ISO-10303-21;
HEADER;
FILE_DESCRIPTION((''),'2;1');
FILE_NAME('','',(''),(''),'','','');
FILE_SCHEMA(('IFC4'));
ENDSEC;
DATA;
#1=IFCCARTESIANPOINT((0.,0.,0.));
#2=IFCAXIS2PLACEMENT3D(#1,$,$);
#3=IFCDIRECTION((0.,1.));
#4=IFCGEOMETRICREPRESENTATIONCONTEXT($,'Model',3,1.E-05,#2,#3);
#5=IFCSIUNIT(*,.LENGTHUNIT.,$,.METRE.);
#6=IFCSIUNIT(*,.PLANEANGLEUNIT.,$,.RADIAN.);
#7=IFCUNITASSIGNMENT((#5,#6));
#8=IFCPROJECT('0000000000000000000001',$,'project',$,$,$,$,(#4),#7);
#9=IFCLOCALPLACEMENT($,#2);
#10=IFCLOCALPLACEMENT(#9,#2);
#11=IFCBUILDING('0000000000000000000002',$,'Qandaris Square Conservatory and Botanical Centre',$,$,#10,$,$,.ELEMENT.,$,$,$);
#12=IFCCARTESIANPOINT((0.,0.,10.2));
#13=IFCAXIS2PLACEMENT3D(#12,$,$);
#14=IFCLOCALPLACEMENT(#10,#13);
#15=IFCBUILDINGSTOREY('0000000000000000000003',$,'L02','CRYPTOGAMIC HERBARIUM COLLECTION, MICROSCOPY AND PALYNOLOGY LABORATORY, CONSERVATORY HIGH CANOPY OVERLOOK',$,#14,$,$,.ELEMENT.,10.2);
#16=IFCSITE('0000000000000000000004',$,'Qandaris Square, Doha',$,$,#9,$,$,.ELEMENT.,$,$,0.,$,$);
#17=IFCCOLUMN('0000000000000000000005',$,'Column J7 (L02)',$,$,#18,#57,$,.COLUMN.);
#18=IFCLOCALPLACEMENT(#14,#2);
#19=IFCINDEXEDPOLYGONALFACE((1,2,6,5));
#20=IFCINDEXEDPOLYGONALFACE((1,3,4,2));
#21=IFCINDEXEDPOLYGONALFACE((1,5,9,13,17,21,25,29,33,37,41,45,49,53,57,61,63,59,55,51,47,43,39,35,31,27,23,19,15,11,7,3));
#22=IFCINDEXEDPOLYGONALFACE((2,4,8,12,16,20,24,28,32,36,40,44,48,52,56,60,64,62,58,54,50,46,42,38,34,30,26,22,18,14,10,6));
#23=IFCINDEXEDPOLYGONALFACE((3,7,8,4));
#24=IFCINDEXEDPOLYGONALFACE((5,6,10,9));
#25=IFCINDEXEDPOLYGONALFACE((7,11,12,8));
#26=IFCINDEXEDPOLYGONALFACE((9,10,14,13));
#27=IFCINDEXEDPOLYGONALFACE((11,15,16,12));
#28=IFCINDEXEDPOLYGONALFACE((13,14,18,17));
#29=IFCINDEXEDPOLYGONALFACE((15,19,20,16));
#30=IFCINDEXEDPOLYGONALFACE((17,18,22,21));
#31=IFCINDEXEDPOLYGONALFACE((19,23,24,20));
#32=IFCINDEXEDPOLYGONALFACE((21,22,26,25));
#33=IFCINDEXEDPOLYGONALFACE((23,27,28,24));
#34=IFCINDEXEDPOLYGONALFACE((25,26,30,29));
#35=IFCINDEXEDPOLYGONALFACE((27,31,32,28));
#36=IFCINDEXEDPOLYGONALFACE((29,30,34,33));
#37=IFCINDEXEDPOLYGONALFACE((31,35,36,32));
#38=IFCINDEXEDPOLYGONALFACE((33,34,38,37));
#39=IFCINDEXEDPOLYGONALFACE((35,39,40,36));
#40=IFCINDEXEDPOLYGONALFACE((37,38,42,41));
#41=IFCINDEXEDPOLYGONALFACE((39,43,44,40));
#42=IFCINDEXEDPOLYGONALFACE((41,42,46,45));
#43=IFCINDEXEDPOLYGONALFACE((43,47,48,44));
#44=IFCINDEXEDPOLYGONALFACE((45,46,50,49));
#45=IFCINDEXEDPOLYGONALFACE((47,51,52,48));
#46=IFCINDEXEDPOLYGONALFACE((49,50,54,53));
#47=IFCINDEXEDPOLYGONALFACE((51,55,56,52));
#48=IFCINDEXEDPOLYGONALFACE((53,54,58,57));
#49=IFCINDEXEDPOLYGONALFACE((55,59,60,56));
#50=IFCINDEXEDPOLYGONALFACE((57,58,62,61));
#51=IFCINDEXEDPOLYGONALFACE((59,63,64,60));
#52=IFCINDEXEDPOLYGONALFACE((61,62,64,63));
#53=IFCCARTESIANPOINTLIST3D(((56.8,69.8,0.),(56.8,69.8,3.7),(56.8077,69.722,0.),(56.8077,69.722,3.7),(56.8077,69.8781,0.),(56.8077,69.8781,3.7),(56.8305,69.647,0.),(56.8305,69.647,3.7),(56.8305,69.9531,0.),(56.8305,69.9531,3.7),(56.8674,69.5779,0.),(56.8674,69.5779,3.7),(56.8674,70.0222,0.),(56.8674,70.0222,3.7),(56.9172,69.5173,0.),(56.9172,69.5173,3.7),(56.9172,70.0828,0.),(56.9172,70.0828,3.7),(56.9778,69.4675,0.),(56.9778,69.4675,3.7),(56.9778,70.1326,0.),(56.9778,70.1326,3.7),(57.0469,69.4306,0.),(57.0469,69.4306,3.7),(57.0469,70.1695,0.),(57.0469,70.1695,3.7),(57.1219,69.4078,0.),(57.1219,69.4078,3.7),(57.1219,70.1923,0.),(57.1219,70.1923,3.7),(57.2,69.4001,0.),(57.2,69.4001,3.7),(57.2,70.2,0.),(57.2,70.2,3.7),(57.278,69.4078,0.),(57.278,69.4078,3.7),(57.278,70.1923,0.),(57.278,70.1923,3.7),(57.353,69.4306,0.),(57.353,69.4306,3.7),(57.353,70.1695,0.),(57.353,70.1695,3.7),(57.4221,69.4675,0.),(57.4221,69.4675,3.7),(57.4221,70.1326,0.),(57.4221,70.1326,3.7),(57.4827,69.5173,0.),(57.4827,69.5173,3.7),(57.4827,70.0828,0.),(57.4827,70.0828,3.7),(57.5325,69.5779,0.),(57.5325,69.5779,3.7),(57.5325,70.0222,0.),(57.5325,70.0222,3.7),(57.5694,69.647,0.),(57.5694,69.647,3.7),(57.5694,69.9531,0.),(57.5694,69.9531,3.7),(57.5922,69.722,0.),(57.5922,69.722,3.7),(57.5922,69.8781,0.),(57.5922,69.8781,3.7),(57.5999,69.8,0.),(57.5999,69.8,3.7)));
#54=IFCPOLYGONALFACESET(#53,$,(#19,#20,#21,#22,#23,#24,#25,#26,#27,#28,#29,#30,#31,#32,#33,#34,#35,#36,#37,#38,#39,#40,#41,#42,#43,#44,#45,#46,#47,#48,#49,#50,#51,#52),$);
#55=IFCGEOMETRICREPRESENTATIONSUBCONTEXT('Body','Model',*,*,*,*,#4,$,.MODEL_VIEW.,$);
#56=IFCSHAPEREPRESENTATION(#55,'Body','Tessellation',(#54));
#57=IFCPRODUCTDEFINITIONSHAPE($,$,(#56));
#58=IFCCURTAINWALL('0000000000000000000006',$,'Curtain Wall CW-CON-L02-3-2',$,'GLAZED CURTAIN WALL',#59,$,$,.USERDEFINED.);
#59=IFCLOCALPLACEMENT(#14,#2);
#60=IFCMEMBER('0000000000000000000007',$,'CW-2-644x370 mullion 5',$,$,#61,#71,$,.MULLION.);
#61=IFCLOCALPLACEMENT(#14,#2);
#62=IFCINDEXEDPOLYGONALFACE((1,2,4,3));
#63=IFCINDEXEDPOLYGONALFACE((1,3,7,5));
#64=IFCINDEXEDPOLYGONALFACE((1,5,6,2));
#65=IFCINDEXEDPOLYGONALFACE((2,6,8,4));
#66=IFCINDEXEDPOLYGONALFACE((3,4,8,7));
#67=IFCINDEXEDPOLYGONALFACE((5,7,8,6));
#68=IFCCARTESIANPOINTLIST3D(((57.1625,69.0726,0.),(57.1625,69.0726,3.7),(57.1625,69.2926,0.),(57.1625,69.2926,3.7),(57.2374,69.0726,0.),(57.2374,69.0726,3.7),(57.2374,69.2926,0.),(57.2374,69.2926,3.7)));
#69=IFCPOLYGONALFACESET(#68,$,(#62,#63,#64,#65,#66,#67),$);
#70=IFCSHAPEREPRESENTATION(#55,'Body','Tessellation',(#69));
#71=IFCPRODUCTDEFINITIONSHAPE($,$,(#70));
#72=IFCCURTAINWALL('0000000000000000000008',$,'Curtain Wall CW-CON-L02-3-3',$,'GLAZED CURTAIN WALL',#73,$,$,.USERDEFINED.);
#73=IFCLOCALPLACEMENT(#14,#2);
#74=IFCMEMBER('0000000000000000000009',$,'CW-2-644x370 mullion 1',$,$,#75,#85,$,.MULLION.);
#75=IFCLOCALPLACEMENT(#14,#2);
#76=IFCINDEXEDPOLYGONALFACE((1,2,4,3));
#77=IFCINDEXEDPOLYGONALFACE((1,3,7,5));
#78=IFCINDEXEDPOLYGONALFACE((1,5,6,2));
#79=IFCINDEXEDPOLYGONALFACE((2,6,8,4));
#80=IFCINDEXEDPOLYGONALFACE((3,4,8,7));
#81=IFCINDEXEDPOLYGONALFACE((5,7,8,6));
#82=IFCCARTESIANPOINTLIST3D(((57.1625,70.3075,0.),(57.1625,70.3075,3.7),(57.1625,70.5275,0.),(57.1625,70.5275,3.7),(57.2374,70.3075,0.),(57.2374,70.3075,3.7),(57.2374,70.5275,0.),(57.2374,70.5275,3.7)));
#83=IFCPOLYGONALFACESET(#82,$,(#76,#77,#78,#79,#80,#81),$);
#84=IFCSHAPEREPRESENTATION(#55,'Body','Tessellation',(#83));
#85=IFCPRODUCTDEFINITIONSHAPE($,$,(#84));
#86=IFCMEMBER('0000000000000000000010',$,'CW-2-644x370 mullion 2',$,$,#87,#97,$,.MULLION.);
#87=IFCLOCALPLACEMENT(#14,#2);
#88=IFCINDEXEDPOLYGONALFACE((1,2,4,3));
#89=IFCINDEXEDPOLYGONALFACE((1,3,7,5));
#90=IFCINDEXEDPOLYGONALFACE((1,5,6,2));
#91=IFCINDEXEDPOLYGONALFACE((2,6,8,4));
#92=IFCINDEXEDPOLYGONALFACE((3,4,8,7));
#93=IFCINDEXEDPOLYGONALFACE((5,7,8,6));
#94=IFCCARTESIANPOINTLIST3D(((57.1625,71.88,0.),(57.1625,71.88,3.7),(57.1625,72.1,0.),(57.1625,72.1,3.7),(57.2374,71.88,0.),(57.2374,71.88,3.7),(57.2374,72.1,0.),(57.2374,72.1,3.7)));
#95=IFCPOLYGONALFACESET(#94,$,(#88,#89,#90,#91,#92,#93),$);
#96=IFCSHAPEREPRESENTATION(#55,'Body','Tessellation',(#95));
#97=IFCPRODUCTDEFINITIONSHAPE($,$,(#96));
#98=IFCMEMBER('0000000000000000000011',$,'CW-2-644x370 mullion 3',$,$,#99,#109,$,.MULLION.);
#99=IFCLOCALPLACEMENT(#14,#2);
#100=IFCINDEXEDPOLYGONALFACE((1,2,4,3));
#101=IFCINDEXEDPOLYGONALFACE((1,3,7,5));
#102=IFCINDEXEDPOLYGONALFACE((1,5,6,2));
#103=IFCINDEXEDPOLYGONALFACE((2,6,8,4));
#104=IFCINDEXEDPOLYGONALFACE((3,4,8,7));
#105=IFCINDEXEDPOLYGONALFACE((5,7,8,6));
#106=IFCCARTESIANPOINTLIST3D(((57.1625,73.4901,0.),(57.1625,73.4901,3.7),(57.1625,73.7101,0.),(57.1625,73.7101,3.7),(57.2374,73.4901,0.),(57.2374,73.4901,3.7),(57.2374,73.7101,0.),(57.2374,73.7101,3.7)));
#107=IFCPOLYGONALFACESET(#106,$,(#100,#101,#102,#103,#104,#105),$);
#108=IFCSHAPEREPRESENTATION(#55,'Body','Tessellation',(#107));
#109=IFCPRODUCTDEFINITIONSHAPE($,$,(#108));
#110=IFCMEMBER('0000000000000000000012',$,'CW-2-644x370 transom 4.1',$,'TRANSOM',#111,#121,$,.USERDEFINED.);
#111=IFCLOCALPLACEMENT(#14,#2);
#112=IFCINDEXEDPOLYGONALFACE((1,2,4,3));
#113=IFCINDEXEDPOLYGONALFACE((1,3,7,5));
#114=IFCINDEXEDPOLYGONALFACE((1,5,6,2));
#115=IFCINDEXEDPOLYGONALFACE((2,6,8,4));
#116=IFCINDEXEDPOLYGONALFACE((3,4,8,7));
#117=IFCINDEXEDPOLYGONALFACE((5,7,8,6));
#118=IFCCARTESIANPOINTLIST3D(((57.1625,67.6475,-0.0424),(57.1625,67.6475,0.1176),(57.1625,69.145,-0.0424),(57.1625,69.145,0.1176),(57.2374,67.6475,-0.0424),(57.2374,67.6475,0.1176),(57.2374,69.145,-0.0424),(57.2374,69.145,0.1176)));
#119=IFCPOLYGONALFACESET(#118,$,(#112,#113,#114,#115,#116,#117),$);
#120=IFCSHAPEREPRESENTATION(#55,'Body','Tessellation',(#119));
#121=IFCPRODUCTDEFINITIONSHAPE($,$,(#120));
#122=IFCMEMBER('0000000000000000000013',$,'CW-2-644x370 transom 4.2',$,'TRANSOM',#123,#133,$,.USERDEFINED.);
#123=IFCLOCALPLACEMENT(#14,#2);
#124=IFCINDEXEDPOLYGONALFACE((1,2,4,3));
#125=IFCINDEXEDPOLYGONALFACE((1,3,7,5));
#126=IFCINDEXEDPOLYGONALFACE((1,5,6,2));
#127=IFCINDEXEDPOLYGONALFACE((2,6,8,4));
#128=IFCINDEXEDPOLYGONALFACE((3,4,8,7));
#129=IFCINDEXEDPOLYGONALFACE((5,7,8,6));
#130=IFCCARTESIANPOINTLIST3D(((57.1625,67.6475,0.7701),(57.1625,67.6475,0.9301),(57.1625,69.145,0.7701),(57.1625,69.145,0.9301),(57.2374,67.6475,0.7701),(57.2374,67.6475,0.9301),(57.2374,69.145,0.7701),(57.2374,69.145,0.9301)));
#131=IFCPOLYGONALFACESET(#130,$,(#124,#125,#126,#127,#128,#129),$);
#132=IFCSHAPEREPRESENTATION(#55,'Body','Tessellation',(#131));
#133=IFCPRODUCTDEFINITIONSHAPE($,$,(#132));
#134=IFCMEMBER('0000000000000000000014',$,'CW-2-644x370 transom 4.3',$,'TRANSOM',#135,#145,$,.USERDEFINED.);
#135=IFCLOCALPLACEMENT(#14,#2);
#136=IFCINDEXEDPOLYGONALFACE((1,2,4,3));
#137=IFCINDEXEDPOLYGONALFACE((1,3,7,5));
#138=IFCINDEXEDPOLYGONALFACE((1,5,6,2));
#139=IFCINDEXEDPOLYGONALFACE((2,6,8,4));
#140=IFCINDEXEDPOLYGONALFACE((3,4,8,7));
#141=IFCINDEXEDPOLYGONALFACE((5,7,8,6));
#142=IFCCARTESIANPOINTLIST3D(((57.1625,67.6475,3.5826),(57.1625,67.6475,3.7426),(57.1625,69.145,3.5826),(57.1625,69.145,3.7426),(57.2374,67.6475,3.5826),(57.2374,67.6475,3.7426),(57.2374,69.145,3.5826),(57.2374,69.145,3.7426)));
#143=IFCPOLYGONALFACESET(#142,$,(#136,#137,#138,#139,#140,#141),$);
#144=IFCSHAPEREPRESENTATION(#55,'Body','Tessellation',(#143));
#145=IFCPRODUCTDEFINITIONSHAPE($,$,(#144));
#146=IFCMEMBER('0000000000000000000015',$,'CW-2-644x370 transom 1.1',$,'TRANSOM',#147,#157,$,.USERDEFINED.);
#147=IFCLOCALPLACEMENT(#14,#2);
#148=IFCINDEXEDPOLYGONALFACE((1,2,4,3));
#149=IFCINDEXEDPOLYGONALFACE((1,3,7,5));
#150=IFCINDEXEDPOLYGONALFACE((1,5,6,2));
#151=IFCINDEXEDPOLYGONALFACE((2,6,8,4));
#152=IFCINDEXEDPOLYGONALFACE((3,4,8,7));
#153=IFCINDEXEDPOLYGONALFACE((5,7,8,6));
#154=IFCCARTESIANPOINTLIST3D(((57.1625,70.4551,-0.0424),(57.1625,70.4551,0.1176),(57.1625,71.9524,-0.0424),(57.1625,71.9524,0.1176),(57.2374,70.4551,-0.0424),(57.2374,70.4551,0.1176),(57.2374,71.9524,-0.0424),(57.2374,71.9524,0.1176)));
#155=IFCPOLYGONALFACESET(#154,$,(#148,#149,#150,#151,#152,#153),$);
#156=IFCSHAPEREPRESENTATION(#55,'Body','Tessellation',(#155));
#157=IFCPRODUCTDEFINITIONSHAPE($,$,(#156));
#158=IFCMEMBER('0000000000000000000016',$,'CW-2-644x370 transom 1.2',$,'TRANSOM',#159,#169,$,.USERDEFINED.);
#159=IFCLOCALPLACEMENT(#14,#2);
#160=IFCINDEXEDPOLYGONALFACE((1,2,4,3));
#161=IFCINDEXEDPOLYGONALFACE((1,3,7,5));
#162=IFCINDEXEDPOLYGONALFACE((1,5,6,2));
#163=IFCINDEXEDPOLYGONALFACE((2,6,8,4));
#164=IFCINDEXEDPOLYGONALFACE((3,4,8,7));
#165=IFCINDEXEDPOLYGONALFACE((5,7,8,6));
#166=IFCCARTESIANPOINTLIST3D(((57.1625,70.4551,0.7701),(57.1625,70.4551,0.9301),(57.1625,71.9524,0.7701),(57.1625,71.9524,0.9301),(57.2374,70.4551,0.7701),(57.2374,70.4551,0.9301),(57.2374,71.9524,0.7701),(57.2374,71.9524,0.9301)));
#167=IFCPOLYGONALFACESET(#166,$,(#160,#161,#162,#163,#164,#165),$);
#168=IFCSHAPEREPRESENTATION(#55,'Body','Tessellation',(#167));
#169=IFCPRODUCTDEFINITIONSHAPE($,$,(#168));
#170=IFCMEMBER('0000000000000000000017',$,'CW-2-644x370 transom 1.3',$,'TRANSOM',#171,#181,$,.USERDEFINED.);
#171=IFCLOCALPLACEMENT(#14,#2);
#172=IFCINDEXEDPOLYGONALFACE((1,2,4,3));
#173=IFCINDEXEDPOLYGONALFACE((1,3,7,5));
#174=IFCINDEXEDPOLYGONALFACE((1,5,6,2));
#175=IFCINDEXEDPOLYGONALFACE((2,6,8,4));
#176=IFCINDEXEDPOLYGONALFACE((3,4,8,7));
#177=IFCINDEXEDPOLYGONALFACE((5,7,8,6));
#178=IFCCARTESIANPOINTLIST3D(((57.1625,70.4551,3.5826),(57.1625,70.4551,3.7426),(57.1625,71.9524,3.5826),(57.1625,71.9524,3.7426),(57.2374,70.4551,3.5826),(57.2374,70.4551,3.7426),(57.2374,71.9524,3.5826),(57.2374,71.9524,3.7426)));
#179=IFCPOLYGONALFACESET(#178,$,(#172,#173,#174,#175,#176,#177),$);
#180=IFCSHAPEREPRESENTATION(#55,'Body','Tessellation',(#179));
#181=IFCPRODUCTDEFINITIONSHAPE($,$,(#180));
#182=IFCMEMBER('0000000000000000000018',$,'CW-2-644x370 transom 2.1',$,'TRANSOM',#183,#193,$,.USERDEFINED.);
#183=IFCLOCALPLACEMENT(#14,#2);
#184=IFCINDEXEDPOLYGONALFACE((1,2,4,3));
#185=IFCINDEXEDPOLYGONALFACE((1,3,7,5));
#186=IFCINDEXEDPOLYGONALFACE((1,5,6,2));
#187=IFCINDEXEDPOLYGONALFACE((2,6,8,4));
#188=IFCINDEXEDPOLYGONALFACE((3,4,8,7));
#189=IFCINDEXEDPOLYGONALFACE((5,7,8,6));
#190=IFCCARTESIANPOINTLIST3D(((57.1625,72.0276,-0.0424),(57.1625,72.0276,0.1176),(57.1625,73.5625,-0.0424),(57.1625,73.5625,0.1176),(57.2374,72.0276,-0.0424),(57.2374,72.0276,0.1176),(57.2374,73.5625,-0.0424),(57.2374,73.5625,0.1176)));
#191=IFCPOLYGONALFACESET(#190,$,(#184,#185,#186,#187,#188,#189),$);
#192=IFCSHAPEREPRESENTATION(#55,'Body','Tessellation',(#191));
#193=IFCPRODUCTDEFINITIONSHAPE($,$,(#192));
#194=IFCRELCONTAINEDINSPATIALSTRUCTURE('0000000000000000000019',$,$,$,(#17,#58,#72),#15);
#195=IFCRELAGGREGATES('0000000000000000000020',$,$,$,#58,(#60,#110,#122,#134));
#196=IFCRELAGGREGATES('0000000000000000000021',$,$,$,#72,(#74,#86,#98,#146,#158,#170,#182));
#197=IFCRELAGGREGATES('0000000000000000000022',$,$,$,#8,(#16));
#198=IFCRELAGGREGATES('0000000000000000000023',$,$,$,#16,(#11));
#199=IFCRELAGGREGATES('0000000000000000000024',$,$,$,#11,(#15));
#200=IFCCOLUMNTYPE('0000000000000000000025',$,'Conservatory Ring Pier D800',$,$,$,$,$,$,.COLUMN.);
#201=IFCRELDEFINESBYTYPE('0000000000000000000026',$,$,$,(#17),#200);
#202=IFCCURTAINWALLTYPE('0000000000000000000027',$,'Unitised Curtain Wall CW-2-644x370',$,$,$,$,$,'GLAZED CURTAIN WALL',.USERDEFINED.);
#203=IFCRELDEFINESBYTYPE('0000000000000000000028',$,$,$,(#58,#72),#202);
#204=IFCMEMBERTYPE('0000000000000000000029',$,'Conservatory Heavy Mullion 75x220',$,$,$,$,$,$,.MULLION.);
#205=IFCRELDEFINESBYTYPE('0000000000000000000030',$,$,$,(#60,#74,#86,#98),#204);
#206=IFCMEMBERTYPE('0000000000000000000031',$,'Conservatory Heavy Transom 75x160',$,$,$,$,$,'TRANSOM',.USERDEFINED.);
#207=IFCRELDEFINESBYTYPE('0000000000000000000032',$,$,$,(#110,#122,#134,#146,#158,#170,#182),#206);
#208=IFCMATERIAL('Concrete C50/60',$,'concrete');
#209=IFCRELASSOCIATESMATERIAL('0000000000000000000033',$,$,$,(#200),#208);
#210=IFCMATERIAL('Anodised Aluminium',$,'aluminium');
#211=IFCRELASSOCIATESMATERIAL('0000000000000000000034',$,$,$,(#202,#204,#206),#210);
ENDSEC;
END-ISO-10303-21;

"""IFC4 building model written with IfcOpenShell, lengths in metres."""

from ifc_helpers import new_model, si_unit, direction, frame, origin, origin_2d, place, context, subcontext, project, spatial, rectangle, circle, extrude, material, material_profile, profile_set, type_object, element, aggregate, save


model = new_model("IFC4")

# Units and contexts
model_context = context("Model", 3, precision=1e-05, world=origin(), true_north=direction((0.0, 1.0)))
body_context = subcontext(model_context, "Body", "Model", "MODEL_VIEW")
ifc_project = project(units=[si_unit("LENGTHUNIT", "METRE"), si_unit("PLANEANGLEUNIT", "RADIAN")], contexts=[model_context])

# Site, building, storey
site_placement = place(None, origin())
site = spatial("IfcSite", under=ifc_project, at=site_placement, Name="Qandaris Square, Doha", CompositionType="ELEMENT", RefElevation=0.0)
building_placement = place(site_placement, origin())
building = spatial("IfcBuilding", under=site, at=building_placement, Name="Qandaris Square Conservatory and Botanical Centre", CompositionType="ELEMENT")
storey_placement = place(building_placement, frame((0.0, 0.0, 10.2)))
storey = spatial("IfcBuildingStorey", under=building, at=storey_placement, Name="L02", Description="CRYPTOGAMIC HERBARIUM COLLECTION, MICROSCOPY AND PALYNOLOGY LABORATORY, CONSERVATORY HIGH CANOPY OVERLOOK", CompositionType="ELEMENT", Elevation=10.2)

# Column
ifc_material_1 = material(Name="Concrete C50/60", Category="concrete")
ifc_material_profile_1 = material_profile(ifc_material_1, circle(Radius=0.3999, at=origin_2d()), Name="RC-COL D800")
ifc_profile_set_1 = profile_set([ifc_material_profile_1], Name="Concrete C50/60")
column_type = type_object("IfcColumnType", Name="Conservatory Ring Pier D800", PredefinedType="COLUMN", material=ifc_profile_set_1)
column_placement = place(storey_placement, frame((57.2, 69.8, 0.0), z_axis=(0.0, 0.0, 1.0), x_axis=(1.0, 0.0, 0.0)))
element("IfcColumn", 1, at=column_placement, inside=storey, type_object=column_type, Name="Column J7 (L02)", PredefinedType="COLUMN", context=body_context, shape_type="SweptSolid", body=[
    extrude(circle(Radius=0.3999, at=origin_2d()), origin(), (0.0, 0.0, 1.0), 3.7),
])

# Curtain wall, member
ifc_material_2 = material(Name="Anodised Aluminium", Category="aluminium")
curtain_wall_type = type_object("IfcCurtainWallType", Name="Unitised Curtain Wall CW-2-644x370", ElementType="GLAZED CURTAIN WALL", PredefinedType="USERDEFINED", material=ifc_material_2)
curtain_wall_1_placement = place(storey_placement, origin())
curtain_wall_1 = element("IfcCurtainWall", 2, at=curtain_wall_1_placement, inside=storey, type_object=curtain_wall_type, Name="Curtain Wall CW-CON-L02-3-2", ObjectType="GLAZED CURTAIN WALL", PredefinedType="USERDEFINED")
ifc_material_profile_2 = material_profile(ifc_material_2, rectangle(XDim=0.075, YDim=0.22, at=origin_2d()), Name="ALU-MUL 75x220")
ifc_profile_set_2 = profile_set([ifc_material_profile_2], Name="Anodised Aluminium")
member_type_1 = type_object("IfcMemberType", Name="Conservatory Heavy Mullion 75x220", PredefinedType="MULLION", material=ifc_profile_set_2)
member_1_placement = place(storey_placement, frame((57.2, 69.1826, 0.0), z_axis=(0.0, 0.0, 1.0), x_axis=(-1.0, 0.0, 0.0)))
member_1 = element("IfcMember", 3, at=member_1_placement, type_object=member_type_1, Name="CW-2-644x370 mullion 5", PredefinedType="MULLION", context=body_context, shape_type="SweptSolid", body=[
    extrude(rectangle(XDim=0.075, YDim=0.22, at=origin_2d()), origin(), (0.0, 0.0, 1.0), 3.7),
])

# Curtain wall, members
curtain_wall_2_placement = place(storey_placement, origin())
curtain_wall_2 = element("IfcCurtainWall", 4, at=curtain_wall_2_placement, inside=storey, type_object=curtain_wall_type, Name="Curtain Wall CW-CON-L02-3-3", ObjectType="GLAZED CURTAIN WALL", PredefinedType="USERDEFINED")
member_2_placement = place(storey_placement, frame((57.2, 70.4175, 0.0), z_axis=(0.0, 0.0, 1.0), x_axis=(-1.0, 0.0, 0.0)))
member_2 = element("IfcMember", 5, at=member_2_placement, type_object=member_type_1, Name="CW-2-644x370 mullion 1", PredefinedType="MULLION", context=body_context, shape_type="SweptSolid", body=[
    extrude(rectangle(XDim=0.075, YDim=0.22, at=origin_2d()), origin(), (0.0, 0.0, 1.0), 3.7),
])
member_3_placement = place(storey_placement, frame((57.2, 71.99, 0.0), z_axis=(0.0, 0.0, 1.0), x_axis=(-1.0, 0.0, 0.0)))
member_3 = element("IfcMember", 6, at=member_3_placement, type_object=member_type_1, Name="CW-2-644x370 mullion 2", PredefinedType="MULLION", context=body_context, shape_type="SweptSolid", body=[
    extrude(rectangle(XDim=0.075, YDim=0.22, at=origin_2d()), origin(), (0.0, 0.0, 1.0), 3.7),
])
member_4_placement = place(storey_placement, frame((57.2, 73.6001, 0.0), z_axis=(0.0, 0.0, 1.0), x_axis=(-1.0, 0.0, 0.0)))
member_4 = element("IfcMember", 7, at=member_4_placement, type_object=member_type_1, Name="CW-2-644x370 mullion 3", PredefinedType="MULLION", context=body_context, shape_type="SweptSolid", body=[
    extrude(rectangle(XDim=0.075, YDim=0.22, at=origin_2d()), origin(), (0.0, 0.0, 1.0), 3.7),
])

# Members
ifc_material_profile_3 = material_profile(ifc_material_2, rectangle(XDim=0.075, YDim=0.1599, at=origin_2d()), Name="ALU-TRN 75x160")
ifc_profile_set_3 = profile_set([ifc_material_profile_3], Name="Anodised Aluminium")
member_type_2 = type_object("IfcMemberType", Name="Conservatory Heavy Transom 75x160", ElementType="TRANSOM", PredefinedType="USERDEFINED", material=ifc_profile_set_3)
member_5_placement = place(storey_placement, frame((57.2, 67.6475, 0.0376), z_axis=(0.0, 1.0, 0.0), x_axis=(-1.0, 0.0, 0.0)))
member_5 = element("IfcMember", 8, at=member_5_placement, type_object=member_type_2, Name="CW-2-644x370 transom 4.1", ObjectType="TRANSOM", PredefinedType="USERDEFINED", context=body_context, shape_type="SweptSolid", body=[
    extrude(rectangle(XDim=0.075, YDim=0.1599, at=origin_2d()), origin(), (0.0, 0.0, 1.0), 1.4976),
])
member_6_placement = place(storey_placement, frame((57.2, 67.6475, 0.8501), z_axis=(0.0, 1.0, 0.0), x_axis=(-1.0, 0.0, 0.0)))
member_6 = element("IfcMember", 9, at=member_6_placement, type_object=member_type_2, Name="CW-2-644x370 transom 4.2", ObjectType="TRANSOM", PredefinedType="USERDEFINED", context=body_context, shape_type="SweptSolid", body=[
    extrude(rectangle(XDim=0.075, YDim=0.1599, at=origin_2d()), origin(), (0.0, 0.0, 1.0), 1.4976),
])
member_7_placement = place(storey_placement, frame((57.2, 67.6475, 3.6626), z_axis=(0.0, 1.0, 0.0), x_axis=(-1.0, 0.0, 0.0)))
member_7 = element("IfcMember", 10, at=member_7_placement, type_object=member_type_2, Name="CW-2-644x370 transom 4.3", ObjectType="TRANSOM", PredefinedType="USERDEFINED", context=body_context, shape_type="SweptSolid", body=[
    extrude(rectangle(XDim=0.075, YDim=0.1599, at=origin_2d()), origin(), (0.0, 0.0, 1.0), 1.4976),
])
member_8_placement = place(storey_placement, frame((57.2, 70.4551, 0.0376), z_axis=(0.0, 1.0, 0.0), x_axis=(-1.0, 0.0, 0.0)))
member_8 = element("IfcMember", 11, at=member_8_placement, type_object=member_type_2, Name="CW-2-644x370 transom 1.1", ObjectType="TRANSOM", PredefinedType="USERDEFINED", context=body_context, shape_type="SweptSolid", body=[
    extrude(rectangle(XDim=0.075, YDim=0.1599, at=origin_2d()), origin(), (0.0, 0.0, 1.0), 1.4973),
])
member_9_placement = place(storey_placement, frame((57.2, 70.4551, 0.8501), z_axis=(0.0, 1.0, 0.0), x_axis=(-1.0, 0.0, 0.0)))
member_9 = element("IfcMember", 12, at=member_9_placement, type_object=member_type_2, Name="CW-2-644x370 transom 1.2", ObjectType="TRANSOM", PredefinedType="USERDEFINED", context=body_context, shape_type="SweptSolid", body=[
    extrude(rectangle(XDim=0.075, YDim=0.1599, at=origin_2d()), origin(), (0.0, 0.0, 1.0), 1.4973),
])
member_10_placement = place(storey_placement, frame((57.2, 70.4551, 3.6626), z_axis=(0.0, 1.0, 0.0), x_axis=(-1.0, 0.0, 0.0)))
member_10 = element("IfcMember", 13, at=member_10_placement, type_object=member_type_2, Name="CW-2-644x370 transom 1.3", ObjectType="TRANSOM", PredefinedType="USERDEFINED", context=body_context, shape_type="SweptSolid", body=[
    extrude(rectangle(XDim=0.075, YDim=0.1599, at=origin_2d()), origin(), (0.0, 0.0, 1.0), 1.4973),
])
member_11_placement = place(storey_placement, frame((57.2, 72.0276, 0.0376), z_axis=(0.0, 1.0, 0.0), x_axis=(-1.0, 0.0, 0.0)))
member_11 = element("IfcMember", 14, at=member_11_placement, type_object=member_type_2, Name="CW-2-644x370 transom 2.1", ObjectType="TRANSOM", PredefinedType="USERDEFINED", context=body_context, shape_type="SweptSolid", body=[
    extrude(rectangle(XDim=0.075, YDim=0.1599, at=origin_2d()), origin(), (0.0, 0.0, 1.0), 1.5349),
])

aggregate(curtain_wall_1, [member_1, member_5, member_6, member_7])
aggregate(curtain_wall_2, [member_2, member_3, member_4, member_8, member_9, member_10, member_11])

save(model, "model.ifc")
